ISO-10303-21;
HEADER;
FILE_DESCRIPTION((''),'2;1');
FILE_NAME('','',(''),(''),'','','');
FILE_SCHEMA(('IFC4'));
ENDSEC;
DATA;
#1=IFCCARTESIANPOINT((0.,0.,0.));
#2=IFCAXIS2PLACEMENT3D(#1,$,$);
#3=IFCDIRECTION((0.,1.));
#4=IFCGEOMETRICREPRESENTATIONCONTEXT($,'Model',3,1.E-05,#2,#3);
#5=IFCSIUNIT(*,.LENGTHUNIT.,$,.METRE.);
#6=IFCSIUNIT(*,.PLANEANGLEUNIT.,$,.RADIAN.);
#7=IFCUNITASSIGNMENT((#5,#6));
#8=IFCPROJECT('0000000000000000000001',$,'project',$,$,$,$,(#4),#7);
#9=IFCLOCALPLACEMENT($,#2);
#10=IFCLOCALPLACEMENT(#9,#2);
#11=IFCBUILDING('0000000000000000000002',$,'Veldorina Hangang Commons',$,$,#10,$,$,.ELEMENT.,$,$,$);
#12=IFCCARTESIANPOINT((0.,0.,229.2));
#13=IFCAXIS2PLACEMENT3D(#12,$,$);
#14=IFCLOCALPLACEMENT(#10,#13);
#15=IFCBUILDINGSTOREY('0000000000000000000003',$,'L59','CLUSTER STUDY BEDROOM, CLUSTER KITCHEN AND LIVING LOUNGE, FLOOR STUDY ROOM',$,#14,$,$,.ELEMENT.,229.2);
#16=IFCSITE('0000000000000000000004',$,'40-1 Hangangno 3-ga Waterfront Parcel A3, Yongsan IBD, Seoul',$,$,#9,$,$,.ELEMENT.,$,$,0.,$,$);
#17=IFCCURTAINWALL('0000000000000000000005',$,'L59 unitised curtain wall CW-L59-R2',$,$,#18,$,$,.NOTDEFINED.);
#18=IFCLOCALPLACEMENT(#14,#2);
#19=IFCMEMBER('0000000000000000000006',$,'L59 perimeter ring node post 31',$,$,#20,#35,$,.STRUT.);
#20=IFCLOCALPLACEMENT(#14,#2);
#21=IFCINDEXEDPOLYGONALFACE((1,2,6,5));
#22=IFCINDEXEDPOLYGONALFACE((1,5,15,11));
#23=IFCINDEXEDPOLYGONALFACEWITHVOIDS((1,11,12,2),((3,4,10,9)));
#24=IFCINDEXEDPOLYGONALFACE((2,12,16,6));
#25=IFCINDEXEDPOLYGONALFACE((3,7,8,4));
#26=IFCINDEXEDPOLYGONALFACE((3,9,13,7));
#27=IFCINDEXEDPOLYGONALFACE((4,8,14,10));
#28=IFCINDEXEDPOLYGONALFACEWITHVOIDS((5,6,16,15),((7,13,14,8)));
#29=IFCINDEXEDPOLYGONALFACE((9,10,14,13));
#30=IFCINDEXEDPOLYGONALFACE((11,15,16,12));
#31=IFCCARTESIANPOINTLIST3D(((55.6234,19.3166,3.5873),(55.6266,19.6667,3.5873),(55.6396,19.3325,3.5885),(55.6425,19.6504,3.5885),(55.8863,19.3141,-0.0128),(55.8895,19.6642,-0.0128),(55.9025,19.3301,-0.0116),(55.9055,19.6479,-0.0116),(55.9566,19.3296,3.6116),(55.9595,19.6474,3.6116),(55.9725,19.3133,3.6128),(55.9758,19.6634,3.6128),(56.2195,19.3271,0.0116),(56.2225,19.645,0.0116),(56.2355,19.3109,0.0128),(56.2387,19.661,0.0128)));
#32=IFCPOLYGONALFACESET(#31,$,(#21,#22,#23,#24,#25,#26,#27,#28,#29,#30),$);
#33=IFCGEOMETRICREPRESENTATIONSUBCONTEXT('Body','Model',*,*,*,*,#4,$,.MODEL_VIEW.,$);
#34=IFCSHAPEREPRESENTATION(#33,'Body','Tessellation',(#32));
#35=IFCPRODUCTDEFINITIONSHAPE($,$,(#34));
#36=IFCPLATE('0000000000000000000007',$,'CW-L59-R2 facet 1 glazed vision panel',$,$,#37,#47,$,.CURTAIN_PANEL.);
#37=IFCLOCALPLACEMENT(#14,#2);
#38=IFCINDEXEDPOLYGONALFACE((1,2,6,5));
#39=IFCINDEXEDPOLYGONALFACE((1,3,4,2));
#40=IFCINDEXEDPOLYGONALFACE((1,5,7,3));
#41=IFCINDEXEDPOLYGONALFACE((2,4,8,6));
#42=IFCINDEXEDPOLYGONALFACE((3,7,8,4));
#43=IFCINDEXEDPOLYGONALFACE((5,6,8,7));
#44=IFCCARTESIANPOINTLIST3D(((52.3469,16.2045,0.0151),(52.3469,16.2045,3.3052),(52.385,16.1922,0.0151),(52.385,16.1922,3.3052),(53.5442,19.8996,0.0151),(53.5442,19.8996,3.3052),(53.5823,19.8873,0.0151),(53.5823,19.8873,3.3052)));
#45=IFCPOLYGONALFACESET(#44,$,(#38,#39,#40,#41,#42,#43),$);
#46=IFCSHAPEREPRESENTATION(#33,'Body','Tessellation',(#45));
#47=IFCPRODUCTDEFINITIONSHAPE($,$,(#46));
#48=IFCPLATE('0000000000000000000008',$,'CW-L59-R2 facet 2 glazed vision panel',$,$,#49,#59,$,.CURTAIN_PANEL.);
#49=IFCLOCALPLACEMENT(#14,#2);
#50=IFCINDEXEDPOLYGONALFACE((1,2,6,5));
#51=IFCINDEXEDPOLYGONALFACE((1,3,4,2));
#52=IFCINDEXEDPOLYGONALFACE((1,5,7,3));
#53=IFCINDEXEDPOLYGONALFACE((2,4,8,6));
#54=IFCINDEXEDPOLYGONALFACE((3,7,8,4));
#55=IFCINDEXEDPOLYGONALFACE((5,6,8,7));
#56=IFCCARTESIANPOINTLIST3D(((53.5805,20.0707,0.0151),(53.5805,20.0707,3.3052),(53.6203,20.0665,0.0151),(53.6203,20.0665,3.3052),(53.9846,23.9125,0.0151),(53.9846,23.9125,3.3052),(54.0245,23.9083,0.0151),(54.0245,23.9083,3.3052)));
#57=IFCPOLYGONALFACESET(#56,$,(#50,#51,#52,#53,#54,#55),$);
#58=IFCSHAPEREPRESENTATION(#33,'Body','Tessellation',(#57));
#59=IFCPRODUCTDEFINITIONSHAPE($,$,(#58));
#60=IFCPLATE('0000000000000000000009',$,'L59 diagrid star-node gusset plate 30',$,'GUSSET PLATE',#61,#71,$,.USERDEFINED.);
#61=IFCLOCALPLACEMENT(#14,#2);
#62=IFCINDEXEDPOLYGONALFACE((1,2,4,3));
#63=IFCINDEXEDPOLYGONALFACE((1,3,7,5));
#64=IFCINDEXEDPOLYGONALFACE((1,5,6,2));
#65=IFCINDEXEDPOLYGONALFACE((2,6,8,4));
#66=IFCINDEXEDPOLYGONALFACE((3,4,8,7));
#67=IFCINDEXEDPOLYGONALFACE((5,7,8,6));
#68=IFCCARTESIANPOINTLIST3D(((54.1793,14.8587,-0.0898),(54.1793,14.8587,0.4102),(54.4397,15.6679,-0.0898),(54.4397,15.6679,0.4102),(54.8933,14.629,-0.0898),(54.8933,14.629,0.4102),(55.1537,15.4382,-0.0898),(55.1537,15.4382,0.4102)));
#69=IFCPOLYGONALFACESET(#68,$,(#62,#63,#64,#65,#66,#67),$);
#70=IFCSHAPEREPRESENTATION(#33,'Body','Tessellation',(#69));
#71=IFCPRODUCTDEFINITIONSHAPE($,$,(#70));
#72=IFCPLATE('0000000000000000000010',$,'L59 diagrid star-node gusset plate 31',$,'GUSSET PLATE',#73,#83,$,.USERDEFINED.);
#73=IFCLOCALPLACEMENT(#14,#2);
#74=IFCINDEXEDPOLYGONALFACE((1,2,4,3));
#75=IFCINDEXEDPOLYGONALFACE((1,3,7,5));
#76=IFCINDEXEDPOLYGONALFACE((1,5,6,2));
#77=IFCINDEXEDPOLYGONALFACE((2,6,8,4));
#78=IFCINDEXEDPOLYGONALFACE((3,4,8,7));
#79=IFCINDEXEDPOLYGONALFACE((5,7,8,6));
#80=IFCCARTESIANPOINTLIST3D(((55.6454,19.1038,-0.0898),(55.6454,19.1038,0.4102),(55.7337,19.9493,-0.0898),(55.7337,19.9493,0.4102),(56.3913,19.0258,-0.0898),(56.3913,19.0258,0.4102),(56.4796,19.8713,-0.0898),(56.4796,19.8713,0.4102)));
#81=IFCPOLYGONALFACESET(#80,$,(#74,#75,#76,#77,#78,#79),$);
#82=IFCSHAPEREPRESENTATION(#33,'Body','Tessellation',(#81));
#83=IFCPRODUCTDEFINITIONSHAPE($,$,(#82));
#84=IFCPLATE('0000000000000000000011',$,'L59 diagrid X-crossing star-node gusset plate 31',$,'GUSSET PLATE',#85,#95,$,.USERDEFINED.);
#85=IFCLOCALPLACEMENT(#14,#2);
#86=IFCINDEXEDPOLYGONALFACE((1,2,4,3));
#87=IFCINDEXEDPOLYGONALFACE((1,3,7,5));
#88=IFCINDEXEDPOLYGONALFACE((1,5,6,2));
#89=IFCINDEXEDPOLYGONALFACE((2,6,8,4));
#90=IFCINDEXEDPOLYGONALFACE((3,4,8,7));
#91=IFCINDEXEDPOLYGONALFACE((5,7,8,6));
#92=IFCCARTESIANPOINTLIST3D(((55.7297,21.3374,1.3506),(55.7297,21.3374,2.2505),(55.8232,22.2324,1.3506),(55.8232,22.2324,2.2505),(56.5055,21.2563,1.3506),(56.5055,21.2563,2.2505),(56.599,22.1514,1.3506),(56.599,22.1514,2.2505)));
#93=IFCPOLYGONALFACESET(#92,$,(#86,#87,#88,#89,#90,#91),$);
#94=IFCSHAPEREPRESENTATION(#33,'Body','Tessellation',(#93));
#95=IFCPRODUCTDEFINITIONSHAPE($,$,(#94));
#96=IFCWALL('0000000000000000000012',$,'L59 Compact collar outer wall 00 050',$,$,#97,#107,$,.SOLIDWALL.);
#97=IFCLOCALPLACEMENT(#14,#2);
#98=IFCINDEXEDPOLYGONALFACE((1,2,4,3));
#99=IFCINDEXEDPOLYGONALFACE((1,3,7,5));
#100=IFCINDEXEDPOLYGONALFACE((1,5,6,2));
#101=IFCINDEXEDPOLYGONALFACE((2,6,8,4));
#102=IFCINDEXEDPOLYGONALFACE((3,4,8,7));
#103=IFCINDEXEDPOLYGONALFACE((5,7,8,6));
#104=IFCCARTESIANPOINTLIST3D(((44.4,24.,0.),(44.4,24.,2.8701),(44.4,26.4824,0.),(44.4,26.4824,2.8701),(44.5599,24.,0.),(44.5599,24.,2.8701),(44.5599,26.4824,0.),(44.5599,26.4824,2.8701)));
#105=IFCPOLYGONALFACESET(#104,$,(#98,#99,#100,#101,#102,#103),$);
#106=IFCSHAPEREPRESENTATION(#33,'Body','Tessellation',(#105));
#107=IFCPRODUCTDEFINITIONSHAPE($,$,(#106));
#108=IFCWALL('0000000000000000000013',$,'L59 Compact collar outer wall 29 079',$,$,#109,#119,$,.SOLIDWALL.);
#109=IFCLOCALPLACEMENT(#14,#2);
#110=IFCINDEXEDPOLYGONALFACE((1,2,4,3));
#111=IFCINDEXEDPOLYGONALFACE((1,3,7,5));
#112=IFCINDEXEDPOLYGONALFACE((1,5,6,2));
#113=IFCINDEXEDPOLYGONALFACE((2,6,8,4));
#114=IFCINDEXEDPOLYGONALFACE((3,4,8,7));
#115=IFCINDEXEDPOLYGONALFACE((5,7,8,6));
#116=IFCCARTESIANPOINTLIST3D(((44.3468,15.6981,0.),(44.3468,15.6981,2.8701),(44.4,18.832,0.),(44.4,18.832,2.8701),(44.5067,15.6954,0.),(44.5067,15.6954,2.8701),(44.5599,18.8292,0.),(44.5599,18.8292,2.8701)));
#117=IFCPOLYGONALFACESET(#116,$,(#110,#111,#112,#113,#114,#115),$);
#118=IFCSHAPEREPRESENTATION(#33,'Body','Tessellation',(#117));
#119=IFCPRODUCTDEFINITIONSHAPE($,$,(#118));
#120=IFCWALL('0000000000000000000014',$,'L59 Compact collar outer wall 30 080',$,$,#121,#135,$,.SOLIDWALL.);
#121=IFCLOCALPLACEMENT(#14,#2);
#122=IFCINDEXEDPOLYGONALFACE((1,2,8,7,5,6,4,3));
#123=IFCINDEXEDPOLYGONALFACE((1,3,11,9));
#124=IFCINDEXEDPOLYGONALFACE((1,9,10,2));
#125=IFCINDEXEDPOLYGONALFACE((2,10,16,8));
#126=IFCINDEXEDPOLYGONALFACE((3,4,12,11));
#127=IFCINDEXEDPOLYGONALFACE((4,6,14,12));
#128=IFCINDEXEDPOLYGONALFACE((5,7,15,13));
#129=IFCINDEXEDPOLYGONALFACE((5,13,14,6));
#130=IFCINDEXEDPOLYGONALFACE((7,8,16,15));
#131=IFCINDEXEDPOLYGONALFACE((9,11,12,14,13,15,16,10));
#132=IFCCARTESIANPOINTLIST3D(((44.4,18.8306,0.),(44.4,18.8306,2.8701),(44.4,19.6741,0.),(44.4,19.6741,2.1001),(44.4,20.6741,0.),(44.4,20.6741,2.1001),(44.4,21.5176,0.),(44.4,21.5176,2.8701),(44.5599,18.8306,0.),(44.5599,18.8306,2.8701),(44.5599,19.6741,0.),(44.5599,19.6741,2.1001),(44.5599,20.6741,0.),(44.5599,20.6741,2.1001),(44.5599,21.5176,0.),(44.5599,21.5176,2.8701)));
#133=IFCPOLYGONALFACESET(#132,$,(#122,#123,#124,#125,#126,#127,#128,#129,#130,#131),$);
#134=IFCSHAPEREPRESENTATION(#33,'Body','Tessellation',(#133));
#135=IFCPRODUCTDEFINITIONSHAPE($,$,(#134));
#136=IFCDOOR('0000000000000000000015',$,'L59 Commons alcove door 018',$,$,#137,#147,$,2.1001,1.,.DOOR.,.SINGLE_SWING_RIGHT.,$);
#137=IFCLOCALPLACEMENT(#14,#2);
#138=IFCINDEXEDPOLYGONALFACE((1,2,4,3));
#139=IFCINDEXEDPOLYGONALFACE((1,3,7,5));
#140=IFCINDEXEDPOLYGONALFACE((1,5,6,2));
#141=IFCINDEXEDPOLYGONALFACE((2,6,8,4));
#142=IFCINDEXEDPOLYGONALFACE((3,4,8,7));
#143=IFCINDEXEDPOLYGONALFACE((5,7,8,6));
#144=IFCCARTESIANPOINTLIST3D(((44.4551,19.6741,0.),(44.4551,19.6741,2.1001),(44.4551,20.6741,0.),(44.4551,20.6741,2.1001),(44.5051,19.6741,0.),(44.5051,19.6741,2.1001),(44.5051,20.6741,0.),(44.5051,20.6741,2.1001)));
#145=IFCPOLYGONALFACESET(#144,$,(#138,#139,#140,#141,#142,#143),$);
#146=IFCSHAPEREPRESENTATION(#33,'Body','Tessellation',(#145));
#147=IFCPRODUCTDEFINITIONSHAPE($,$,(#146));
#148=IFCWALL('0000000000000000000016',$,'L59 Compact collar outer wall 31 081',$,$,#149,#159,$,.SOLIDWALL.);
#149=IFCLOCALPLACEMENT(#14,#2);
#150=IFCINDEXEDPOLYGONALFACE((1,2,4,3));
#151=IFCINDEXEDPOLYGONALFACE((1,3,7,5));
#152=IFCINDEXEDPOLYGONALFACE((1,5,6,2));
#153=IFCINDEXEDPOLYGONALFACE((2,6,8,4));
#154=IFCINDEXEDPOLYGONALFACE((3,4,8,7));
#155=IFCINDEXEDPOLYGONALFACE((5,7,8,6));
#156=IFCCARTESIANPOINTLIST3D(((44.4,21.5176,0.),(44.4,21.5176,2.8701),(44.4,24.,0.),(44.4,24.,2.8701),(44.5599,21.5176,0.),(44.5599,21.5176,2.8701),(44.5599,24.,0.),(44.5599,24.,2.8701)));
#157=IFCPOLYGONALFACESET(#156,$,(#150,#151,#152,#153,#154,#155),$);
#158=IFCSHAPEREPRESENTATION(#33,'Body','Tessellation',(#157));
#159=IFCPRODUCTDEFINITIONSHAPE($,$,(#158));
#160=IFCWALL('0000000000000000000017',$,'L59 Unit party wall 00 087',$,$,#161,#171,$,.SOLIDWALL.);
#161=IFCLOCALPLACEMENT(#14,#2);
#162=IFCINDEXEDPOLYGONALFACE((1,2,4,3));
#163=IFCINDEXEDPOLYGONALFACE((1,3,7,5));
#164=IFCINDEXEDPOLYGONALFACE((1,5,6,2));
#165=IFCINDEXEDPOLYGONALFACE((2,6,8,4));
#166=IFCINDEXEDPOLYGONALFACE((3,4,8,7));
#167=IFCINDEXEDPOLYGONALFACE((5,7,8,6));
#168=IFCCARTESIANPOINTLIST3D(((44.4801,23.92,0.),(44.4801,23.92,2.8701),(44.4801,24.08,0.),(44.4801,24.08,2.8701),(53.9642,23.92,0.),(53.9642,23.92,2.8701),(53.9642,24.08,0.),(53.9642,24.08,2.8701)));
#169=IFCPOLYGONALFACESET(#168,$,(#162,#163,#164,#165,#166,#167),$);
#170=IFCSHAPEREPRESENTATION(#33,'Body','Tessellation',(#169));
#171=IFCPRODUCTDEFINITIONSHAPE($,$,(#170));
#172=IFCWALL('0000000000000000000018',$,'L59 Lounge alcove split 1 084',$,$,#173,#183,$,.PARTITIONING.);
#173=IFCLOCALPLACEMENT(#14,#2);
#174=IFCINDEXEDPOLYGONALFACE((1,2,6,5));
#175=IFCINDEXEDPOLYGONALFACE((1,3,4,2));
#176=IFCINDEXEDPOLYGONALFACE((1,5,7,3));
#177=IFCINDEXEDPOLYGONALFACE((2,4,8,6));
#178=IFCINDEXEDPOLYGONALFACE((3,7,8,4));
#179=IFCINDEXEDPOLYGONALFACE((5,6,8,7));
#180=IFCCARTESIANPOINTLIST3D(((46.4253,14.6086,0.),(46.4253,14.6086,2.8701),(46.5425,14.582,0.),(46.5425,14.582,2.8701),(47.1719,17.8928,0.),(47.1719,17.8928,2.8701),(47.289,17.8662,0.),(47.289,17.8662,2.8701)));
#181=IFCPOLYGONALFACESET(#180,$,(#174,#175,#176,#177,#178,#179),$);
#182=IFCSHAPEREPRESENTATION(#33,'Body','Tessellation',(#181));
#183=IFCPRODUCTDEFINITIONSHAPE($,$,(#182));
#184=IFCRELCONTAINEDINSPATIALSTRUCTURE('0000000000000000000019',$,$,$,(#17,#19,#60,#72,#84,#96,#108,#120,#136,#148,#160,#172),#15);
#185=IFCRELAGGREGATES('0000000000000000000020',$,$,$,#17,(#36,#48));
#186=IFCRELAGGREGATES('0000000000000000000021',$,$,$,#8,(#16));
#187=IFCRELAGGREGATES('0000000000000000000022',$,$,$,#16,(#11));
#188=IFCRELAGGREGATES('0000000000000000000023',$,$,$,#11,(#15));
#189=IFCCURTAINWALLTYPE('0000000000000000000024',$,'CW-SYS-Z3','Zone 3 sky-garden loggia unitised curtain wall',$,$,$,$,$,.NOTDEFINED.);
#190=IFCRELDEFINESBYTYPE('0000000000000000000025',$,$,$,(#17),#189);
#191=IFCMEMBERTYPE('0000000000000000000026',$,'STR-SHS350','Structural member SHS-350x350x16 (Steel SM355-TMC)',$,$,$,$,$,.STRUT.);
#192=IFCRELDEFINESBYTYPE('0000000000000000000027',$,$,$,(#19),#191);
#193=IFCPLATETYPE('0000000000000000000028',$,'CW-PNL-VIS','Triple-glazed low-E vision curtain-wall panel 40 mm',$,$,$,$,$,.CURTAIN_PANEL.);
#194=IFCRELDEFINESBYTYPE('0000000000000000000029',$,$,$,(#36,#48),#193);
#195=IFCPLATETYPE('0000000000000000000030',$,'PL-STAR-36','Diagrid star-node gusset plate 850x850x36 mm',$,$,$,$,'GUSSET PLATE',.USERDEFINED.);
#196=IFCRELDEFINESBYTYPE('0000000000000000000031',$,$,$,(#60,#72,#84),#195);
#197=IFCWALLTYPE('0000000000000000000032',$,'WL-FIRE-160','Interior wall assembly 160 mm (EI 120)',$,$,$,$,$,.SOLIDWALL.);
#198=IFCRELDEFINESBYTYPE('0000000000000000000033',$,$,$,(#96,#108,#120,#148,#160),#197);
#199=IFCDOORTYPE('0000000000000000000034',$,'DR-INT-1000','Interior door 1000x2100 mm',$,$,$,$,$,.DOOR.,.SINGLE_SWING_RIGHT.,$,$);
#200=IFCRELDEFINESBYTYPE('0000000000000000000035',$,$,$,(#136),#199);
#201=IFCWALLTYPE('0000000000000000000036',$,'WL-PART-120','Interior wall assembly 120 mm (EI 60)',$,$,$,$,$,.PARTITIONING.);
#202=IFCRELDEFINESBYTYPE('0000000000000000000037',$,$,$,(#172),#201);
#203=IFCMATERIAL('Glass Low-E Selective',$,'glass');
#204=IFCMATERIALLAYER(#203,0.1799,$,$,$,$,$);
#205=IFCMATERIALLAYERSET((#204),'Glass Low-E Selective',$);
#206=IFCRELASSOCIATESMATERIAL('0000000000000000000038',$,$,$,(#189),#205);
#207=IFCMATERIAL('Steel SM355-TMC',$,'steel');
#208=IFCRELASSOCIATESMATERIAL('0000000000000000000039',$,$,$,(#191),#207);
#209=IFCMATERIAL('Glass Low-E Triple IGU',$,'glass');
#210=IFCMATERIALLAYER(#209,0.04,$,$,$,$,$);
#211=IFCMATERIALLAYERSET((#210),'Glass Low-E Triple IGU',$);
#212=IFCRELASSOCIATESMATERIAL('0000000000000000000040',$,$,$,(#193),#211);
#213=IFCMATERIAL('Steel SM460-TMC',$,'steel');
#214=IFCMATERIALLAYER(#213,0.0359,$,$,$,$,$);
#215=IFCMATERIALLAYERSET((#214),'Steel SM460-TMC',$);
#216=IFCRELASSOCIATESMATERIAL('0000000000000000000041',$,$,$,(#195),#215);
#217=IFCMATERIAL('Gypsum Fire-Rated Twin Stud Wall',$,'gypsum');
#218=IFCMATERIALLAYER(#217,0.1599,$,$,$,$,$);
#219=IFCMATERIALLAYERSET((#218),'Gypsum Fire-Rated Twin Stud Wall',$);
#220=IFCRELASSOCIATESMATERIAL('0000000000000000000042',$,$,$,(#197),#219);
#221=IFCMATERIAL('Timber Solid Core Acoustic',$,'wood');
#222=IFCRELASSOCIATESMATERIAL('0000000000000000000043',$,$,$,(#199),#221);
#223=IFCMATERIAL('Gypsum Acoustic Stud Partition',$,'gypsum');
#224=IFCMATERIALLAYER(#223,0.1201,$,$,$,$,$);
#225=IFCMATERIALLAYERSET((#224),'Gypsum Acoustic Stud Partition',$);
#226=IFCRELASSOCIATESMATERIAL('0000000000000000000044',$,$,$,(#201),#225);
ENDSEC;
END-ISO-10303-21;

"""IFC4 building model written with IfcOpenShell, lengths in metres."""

from ifc_helpers import new_model, si_unit, direction, frame, frame_2d, origin, origin_2d, place, context, subcontext, project, spatial, rectangle, hollow_rectangle, extrude, material, layer, layer_set, material_profile, profile_set, type_object, element, fill, aggregate, save


model = new_model("IFC4")

# Units and contexts
model_context = context("Model", 3, precision=1e-05, world=origin(), true_north=direction((0.0, 1.0)))
body_context = subcontext(model_context, "Body", "Model", "MODEL_VIEW")
ifc_project = project(units=[si_unit("LENGTHUNIT", "METRE"), si_unit("PLANEANGLEUNIT", "RADIAN")], contexts=[model_context])

# Site, building, storey
site_placement = place(None, origin())
site = spatial("IfcSite", under=ifc_project, at=site_placement, Name="40-1 Hangangno 3-ga Waterfront Parcel A3, Yongsan IBD, Seoul", CompositionType="ELEMENT", RefElevation=0.0)
building_placement = place(site_placement, origin())
building = spatial("IfcBuilding", under=site, at=building_placement, Name="Veldorina Hangang Commons", CompositionType="ELEMENT")
storey_placement = place(building_placement, frame((0.0, 0.0, 229.2)))
storey = spatial("IfcBuildingStorey", under=building, at=storey_placement, Name="L59", Description="CLUSTER STUDY BEDROOM, CLUSTER KITCHEN AND LIVING LOUNGE, FLOOR STUDY ROOM", CompositionType="ELEMENT", Elevation=229.2)

# Shared definitions
ifc_material_1 = material(Name="Steel SM355-TMC", Category="steel")

# Curtain wall
ifc_material_2 = material(Name="Glass Low-E Selective", Category="glass")
ifc_layer_1 = layer(ifc_material_2, 0.1799)
ifc_layer_set_1 = layer_set([ifc_layer_1], Name="Glass Low-E Selective")
curtain_wall_type = type_object("IfcCurtainWallType", Name="CW-SYS-Z3", Description="Zone 3 sky-garden loggia unitised curtain wall", PredefinedType="NOTDEFINED", material=ifc_layer_set_1)
curtain_wall_placement = place(storey_placement, origin())
curtain_wall = element("IfcCurtainWall", 1, at=curtain_wall_placement, inside=storey, type_object=curtain_wall_type, Name="L59 unitised curtain wall CW-L59-R2", PredefinedType="NOTDEFINED")

# Member
ifc_material_profile_1 = material_profile(ifc_material_1, hollow_rectangle(XDim=0.3501, YDim=0.3501, WallThickness=0.0161, at=origin_2d()), Name="SHS-350x350x16")
ifc_profile_set_1 = profile_set([ifc_material_profile_1], Name="Steel SM355-TMC")
member_type_1 = type_object("IfcMemberType", Name="STR-SHS350", Description="Structural member SHS-350x350x16 (Steel SM355-TMC)", PredefinedType="STRUT", material=ifc_profile_set_1)
member_1_placement = place(storey_placement, frame((56.0625, 19.4875, 0.0), z_axis=(-0.072843, 0.000676, 0.997343), x_axis=(-0.009285, -0.999957, 0.0)))
element("IfcMember", 2, at=member_1_placement, inside=storey, type_object=member_type_1, Name="L59 perimeter ring node post 31", PredefinedType="STRUT", context=body_context, shape_type="SweptSolid", body=[
    extrude(hollow_rectangle(XDim=0.3501, YDim=0.3501, WallThickness=0.0161, at=origin_2d()), origin(), (0.0, 0.0, 1.0), 3.6096),
])

# Plates
ifc_material_3 = material(Name="Glass Low-E Triple IGU", Category="glass")
ifc_layer_2 = layer(ifc_material_3, 0.04)
ifc_layer_set_2 = layer_set([ifc_layer_2], Name="Glass Low-E Triple IGU")
plate_type_1 = type_object("IfcPlateType", Name="CW-PNL-VIS", Description="Triple-glazed low-E vision curtain-wall panel 40 mm", PredefinedType="CURTAIN_PANEL", material=ifc_layer_set_2)
plate_1_placement = place(storey_placement, frame((52.9646, 18.0459, 0.0151), z_axis=(0.0, 0.0, 1.0), x_axis=(0.308237, 0.95131, 0.0)))
plate_1 = element("IfcPlate", 3, at=plate_1_placement, type_object=plate_type_1, Name="CW-L59-R2 facet 1 glazed vision panel", PredefinedType="CURTAIN_PANEL", context=body_context, shape_type="SweptSolid", body=[
    extrude(rectangle(XDim=3.8843, YDim=0.04, at=origin_2d()), origin(), (0.0, 0.0, 1.0), 3.29),
])
plate_2_placement = place(storey_placement, frame((53.8025, 21.9895, 0.0151), z_axis=(0.0, 0.0, 1.0), x_axis=(0.104615, 0.994513, 0.0)))
plate_2 = element("IfcPlate", 4, at=plate_2_placement, type_object=plate_type_1, Name="CW-L59-R2 facet 2 glazed vision panel", PredefinedType="CURTAIN_PANEL", context=body_context, shape_type="SweptSolid", body=[
    extrude(rectangle(XDim=3.863, YDim=0.04, at=origin_2d()), origin(), (0.0, 0.0, 1.0), 3.29),
])
aggregate(curtain_wall, [plate_1, plate_2])

# Plates
ifc_material_4 = material(Name="Steel SM460-TMC", Category="steel")
ifc_layer_3 = layer(ifc_material_4, 0.0359)
ifc_layer_set_3 = layer_set([ifc_layer_3], Name="Steel SM460-TMC")
plate_type_2 = type_object("IfcPlateType", Name="PL-STAR-36", Description="Diagrid star-node gusset plate 850x850x36 mm", ElementType="GUSSET PLATE", PredefinedType="USERDEFINED", material=ifc_layer_set_3)
for number, where, z_axis, x_axis, name in (
    (5, (54.6665, 15.1484, -0.0898), (0.0, 0.0, 1.0), (0.306293, 0.951937, 0.0), "L59 diagrid star-node gusset plate 30"),
    (6, (56.0625, 19.4875, -0.0898), (0.0, 0.0, 1.0), (0.103904, 0.994587, 0.0), "L59 diagrid star-node gusset plate 31"),
):
    element("IfcPlate", number, at=place(storey_placement, frame(where, z_axis=z_axis, x_axis=x_axis)), inside=storey, type_object=plate_type_2, Name=name, ObjectType="GUSSET PLATE", PredefinedType="USERDEFINED", context=body_context, shape_type="SweptSolid", body=[
        extrude(rectangle(XDim=0.8501, YDim=0.75, at=origin_2d()), origin(), (0.0, 0.0, 1.0), 0.5),
    ])
plate_3_placement = place(storey_placement, frame((56.1643, 21.7444, 1.3506), z_axis=(0.0, 0.0, 1.0), x_axis=(0.103904, 0.994587, 0.0)))
element("IfcPlate", 7, at=plate_3_placement, inside=storey, type_object=plate_type_2, Name="L59 diagrid X-crossing star-node gusset plate 31", ObjectType="GUSSET PLATE", PredefinedType="USERDEFINED", context=body_context, shape_type="SweptSolid", body=[
    extrude(rectangle(XDim=0.8999, YDim=0.78, at=origin_2d()), origin(), (0.0, 0.0, 1.0), 0.8999),
])

# Walls
ifc_material_5 = material(Name="Gypsum Fire-Rated Twin Stud Wall", Category="gypsum")
ifc_layer_4 = layer(ifc_material_5, 0.1599)
ifc_layer_set_4 = layer_set([ifc_layer_4], Name="Gypsum Fire-Rated Twin Stud Wall")
wall_type_1 = type_object("IfcWallType", Name="WL-FIRE-160", Description="Interior wall assembly 160 mm (EI 120)", PredefinedType="SOLIDWALL", material=ifc_layer_set_4)
wall_1_placement = place(storey_placement, frame((44.48, 24.0, 0.0), z_axis=(0.0, 0.0, 1.0), x_axis=(0.0, 1.0, 0.0)))
element("IfcWall", 8, at=wall_1_placement, inside=storey, type_object=wall_type_1, Name="L59 Compact collar outer wall 00 050", PredefinedType="SOLIDWALL", context=body_context, shape_type="SweptSolid", body=[
    extrude(rectangle(XDim=2.4824, YDim=0.1599, at=frame_2d((1.2412, 0.0))), origin(), (0.0, 0.0, 1.0), 2.8701),
])
wall_2_placement = place(storey_placement, frame((44.4268, 15.6968, 0.0), z_axis=(0.0, 0.0, 1.0), x_axis=(0.016981, 0.999856, 0.0)))
element("IfcWall", 9, at=wall_2_placement, inside=storey, type_object=wall_type_1, Name="L59 Compact collar outer wall 29 079", PredefinedType="SOLIDWALL", context=body_context, shape_type="SweptSolid", body=[
    extrude(rectangle(XDim=3.1343, YDim=0.1599, at=frame_2d((1.5671, 0.0))), origin(), (0.0, 0.0, 1.0), 2.8701),
])

# Wall, opening, door
wall_3_placement = place(storey_placement, frame((44.48, 18.8306, 0.0), z_axis=(0.0, 0.0, 1.0), x_axis=(0.0, 1.0, 0.0)))
wall_3 = element("IfcWall", 10, at=wall_3_placement, inside=storey, type_object=wall_type_1, Name="L59 Compact collar outer wall 30 080", PredefinedType="SOLIDWALL", context=body_context, shape_type="SweptSolid", body=[
    extrude(rectangle(XDim=2.687, YDim=0.1599, at=frame_2d((1.3435, 0.0))), origin(), (0.0, 0.0, 1.0), 2.8701),
])
opening_placement = place(wall_3_placement, frame((0.8435, 0.0, 0.0)))
opening = element("IfcOpeningElement", 11, at=opening_placement, cuts=wall_3, PredefinedType="OPENING", context=body_context, shape_type="SweptSolid", body=[
    extrude(rectangle(XDim=1.0, YDim=2.1001, at=frame_2d((0.5, 1.05))), frame((0.0, 0.0898, 0.0), z_axis=(0.0, -1.0, 0.0), x_axis=(1.0, 0.0, 0.0)), (0.0, 0.0, 1.0), 0.1799),
])
ifc_material_6 = material(Name="Timber Solid Core Acoustic", Category="wood")
door_type = type_object("IfcDoorType", Name="DR-INT-1000", Description="Interior door 1000x2100 mm", OperationType="SINGLE_SWING_RIGHT", PredefinedType="DOOR", material=ifc_material_6)
door_placement = place(opening_placement, origin())
door = element("IfcDoor", 12, at=door_placement, inside=storey, type_object=door_type, Name="L59 Commons alcove door 018", OperationType="SINGLE_SWING_RIGHT", OverallHeight=2.1001, OverallWidth=1.0, PredefinedType="DOOR", context=body_context, shape_type="SweptSolid", body=[
    extrude(rectangle(XDim=1.0, YDim=2.1001, at=frame_2d((0.5, 1.05))), frame((0.0, 0.0249, 0.0), z_axis=(0.0, -1.0, 0.0), x_axis=(1.0, 0.0, 0.0)), (0.0, 0.0, 1.0), 0.05),
])
fill(opening, door)

# Walls
wall_4_placement = place(storey_placement, frame((44.48, 21.5176, 0.0), z_axis=(0.0, 0.0, 1.0), x_axis=(0.0, 1.0, 0.0)))
element("IfcWall", 13, at=wall_4_placement, inside=storey, type_object=wall_type_1, Name="L59 Compact collar outer wall 31 081", PredefinedType="SOLIDWALL", context=body_context, shape_type="SweptSolid", body=[
    extrude(rectangle(XDim=2.4824, YDim=0.1599, at=frame_2d((1.2412, 0.0))), origin(), (0.0, 0.0, 1.0), 2.8701),
])
wall_5_placement = place(storey_placement, frame((44.48, 24.0, 0.0), z_axis=(0.0, 0.0, 1.0), x_axis=(1.0, 0.0, 0.0)))
element("IfcWall", 14, at=wall_5_placement, inside=storey, type_object=wall_type_1, Name="L59 Unit party wall 00 087", PredefinedType="SOLIDWALL", context=body_context, shape_type="SweptSolid", body=[
    extrude(rectangle(XDim=9.4841, YDim=0.1599, at=frame_2d((4.7422, 0.0))), origin(), (0.0, 0.0, 1.0), 2.8701),
])
ifc_material_7 = material(Name="Gypsum Acoustic Stud Partition", Category="gypsum")
ifc_layer_5 = layer(ifc_material_7, 0.1201)
ifc_layer_set_5 = layer_set([ifc_layer_5], Name="Gypsum Acoustic Stud Partition")
wall_type_2 = type_object("IfcWallType", Name="WL-PART-120", Description="Interior wall assembly 120 mm (EI 60)", PredefinedType="PARTITIONING", material=ifc_layer_set_5)
wall_6_placement = place(storey_placement, frame((46.4839, 14.5952, 0.0), z_axis=(0.0, 0.0, 1.0), x_axis=(0.221671, 0.975121, 0.0)))
element("IfcWall", 15, at=wall_6_placement, inside=storey, type_object=wall_type_2, Name="L59 Lounge alcove split 1 084", PredefinedType="PARTITIONING", context=body_context, shape_type="SweptSolid", body=[
    extrude(rectangle(XDim=3.3679, YDim=0.1201, at=frame_2d((1.6841, 0.0))), origin(), (0.0, 0.0, 1.0), 2.8701),
])

save(model, "model.ifc")
